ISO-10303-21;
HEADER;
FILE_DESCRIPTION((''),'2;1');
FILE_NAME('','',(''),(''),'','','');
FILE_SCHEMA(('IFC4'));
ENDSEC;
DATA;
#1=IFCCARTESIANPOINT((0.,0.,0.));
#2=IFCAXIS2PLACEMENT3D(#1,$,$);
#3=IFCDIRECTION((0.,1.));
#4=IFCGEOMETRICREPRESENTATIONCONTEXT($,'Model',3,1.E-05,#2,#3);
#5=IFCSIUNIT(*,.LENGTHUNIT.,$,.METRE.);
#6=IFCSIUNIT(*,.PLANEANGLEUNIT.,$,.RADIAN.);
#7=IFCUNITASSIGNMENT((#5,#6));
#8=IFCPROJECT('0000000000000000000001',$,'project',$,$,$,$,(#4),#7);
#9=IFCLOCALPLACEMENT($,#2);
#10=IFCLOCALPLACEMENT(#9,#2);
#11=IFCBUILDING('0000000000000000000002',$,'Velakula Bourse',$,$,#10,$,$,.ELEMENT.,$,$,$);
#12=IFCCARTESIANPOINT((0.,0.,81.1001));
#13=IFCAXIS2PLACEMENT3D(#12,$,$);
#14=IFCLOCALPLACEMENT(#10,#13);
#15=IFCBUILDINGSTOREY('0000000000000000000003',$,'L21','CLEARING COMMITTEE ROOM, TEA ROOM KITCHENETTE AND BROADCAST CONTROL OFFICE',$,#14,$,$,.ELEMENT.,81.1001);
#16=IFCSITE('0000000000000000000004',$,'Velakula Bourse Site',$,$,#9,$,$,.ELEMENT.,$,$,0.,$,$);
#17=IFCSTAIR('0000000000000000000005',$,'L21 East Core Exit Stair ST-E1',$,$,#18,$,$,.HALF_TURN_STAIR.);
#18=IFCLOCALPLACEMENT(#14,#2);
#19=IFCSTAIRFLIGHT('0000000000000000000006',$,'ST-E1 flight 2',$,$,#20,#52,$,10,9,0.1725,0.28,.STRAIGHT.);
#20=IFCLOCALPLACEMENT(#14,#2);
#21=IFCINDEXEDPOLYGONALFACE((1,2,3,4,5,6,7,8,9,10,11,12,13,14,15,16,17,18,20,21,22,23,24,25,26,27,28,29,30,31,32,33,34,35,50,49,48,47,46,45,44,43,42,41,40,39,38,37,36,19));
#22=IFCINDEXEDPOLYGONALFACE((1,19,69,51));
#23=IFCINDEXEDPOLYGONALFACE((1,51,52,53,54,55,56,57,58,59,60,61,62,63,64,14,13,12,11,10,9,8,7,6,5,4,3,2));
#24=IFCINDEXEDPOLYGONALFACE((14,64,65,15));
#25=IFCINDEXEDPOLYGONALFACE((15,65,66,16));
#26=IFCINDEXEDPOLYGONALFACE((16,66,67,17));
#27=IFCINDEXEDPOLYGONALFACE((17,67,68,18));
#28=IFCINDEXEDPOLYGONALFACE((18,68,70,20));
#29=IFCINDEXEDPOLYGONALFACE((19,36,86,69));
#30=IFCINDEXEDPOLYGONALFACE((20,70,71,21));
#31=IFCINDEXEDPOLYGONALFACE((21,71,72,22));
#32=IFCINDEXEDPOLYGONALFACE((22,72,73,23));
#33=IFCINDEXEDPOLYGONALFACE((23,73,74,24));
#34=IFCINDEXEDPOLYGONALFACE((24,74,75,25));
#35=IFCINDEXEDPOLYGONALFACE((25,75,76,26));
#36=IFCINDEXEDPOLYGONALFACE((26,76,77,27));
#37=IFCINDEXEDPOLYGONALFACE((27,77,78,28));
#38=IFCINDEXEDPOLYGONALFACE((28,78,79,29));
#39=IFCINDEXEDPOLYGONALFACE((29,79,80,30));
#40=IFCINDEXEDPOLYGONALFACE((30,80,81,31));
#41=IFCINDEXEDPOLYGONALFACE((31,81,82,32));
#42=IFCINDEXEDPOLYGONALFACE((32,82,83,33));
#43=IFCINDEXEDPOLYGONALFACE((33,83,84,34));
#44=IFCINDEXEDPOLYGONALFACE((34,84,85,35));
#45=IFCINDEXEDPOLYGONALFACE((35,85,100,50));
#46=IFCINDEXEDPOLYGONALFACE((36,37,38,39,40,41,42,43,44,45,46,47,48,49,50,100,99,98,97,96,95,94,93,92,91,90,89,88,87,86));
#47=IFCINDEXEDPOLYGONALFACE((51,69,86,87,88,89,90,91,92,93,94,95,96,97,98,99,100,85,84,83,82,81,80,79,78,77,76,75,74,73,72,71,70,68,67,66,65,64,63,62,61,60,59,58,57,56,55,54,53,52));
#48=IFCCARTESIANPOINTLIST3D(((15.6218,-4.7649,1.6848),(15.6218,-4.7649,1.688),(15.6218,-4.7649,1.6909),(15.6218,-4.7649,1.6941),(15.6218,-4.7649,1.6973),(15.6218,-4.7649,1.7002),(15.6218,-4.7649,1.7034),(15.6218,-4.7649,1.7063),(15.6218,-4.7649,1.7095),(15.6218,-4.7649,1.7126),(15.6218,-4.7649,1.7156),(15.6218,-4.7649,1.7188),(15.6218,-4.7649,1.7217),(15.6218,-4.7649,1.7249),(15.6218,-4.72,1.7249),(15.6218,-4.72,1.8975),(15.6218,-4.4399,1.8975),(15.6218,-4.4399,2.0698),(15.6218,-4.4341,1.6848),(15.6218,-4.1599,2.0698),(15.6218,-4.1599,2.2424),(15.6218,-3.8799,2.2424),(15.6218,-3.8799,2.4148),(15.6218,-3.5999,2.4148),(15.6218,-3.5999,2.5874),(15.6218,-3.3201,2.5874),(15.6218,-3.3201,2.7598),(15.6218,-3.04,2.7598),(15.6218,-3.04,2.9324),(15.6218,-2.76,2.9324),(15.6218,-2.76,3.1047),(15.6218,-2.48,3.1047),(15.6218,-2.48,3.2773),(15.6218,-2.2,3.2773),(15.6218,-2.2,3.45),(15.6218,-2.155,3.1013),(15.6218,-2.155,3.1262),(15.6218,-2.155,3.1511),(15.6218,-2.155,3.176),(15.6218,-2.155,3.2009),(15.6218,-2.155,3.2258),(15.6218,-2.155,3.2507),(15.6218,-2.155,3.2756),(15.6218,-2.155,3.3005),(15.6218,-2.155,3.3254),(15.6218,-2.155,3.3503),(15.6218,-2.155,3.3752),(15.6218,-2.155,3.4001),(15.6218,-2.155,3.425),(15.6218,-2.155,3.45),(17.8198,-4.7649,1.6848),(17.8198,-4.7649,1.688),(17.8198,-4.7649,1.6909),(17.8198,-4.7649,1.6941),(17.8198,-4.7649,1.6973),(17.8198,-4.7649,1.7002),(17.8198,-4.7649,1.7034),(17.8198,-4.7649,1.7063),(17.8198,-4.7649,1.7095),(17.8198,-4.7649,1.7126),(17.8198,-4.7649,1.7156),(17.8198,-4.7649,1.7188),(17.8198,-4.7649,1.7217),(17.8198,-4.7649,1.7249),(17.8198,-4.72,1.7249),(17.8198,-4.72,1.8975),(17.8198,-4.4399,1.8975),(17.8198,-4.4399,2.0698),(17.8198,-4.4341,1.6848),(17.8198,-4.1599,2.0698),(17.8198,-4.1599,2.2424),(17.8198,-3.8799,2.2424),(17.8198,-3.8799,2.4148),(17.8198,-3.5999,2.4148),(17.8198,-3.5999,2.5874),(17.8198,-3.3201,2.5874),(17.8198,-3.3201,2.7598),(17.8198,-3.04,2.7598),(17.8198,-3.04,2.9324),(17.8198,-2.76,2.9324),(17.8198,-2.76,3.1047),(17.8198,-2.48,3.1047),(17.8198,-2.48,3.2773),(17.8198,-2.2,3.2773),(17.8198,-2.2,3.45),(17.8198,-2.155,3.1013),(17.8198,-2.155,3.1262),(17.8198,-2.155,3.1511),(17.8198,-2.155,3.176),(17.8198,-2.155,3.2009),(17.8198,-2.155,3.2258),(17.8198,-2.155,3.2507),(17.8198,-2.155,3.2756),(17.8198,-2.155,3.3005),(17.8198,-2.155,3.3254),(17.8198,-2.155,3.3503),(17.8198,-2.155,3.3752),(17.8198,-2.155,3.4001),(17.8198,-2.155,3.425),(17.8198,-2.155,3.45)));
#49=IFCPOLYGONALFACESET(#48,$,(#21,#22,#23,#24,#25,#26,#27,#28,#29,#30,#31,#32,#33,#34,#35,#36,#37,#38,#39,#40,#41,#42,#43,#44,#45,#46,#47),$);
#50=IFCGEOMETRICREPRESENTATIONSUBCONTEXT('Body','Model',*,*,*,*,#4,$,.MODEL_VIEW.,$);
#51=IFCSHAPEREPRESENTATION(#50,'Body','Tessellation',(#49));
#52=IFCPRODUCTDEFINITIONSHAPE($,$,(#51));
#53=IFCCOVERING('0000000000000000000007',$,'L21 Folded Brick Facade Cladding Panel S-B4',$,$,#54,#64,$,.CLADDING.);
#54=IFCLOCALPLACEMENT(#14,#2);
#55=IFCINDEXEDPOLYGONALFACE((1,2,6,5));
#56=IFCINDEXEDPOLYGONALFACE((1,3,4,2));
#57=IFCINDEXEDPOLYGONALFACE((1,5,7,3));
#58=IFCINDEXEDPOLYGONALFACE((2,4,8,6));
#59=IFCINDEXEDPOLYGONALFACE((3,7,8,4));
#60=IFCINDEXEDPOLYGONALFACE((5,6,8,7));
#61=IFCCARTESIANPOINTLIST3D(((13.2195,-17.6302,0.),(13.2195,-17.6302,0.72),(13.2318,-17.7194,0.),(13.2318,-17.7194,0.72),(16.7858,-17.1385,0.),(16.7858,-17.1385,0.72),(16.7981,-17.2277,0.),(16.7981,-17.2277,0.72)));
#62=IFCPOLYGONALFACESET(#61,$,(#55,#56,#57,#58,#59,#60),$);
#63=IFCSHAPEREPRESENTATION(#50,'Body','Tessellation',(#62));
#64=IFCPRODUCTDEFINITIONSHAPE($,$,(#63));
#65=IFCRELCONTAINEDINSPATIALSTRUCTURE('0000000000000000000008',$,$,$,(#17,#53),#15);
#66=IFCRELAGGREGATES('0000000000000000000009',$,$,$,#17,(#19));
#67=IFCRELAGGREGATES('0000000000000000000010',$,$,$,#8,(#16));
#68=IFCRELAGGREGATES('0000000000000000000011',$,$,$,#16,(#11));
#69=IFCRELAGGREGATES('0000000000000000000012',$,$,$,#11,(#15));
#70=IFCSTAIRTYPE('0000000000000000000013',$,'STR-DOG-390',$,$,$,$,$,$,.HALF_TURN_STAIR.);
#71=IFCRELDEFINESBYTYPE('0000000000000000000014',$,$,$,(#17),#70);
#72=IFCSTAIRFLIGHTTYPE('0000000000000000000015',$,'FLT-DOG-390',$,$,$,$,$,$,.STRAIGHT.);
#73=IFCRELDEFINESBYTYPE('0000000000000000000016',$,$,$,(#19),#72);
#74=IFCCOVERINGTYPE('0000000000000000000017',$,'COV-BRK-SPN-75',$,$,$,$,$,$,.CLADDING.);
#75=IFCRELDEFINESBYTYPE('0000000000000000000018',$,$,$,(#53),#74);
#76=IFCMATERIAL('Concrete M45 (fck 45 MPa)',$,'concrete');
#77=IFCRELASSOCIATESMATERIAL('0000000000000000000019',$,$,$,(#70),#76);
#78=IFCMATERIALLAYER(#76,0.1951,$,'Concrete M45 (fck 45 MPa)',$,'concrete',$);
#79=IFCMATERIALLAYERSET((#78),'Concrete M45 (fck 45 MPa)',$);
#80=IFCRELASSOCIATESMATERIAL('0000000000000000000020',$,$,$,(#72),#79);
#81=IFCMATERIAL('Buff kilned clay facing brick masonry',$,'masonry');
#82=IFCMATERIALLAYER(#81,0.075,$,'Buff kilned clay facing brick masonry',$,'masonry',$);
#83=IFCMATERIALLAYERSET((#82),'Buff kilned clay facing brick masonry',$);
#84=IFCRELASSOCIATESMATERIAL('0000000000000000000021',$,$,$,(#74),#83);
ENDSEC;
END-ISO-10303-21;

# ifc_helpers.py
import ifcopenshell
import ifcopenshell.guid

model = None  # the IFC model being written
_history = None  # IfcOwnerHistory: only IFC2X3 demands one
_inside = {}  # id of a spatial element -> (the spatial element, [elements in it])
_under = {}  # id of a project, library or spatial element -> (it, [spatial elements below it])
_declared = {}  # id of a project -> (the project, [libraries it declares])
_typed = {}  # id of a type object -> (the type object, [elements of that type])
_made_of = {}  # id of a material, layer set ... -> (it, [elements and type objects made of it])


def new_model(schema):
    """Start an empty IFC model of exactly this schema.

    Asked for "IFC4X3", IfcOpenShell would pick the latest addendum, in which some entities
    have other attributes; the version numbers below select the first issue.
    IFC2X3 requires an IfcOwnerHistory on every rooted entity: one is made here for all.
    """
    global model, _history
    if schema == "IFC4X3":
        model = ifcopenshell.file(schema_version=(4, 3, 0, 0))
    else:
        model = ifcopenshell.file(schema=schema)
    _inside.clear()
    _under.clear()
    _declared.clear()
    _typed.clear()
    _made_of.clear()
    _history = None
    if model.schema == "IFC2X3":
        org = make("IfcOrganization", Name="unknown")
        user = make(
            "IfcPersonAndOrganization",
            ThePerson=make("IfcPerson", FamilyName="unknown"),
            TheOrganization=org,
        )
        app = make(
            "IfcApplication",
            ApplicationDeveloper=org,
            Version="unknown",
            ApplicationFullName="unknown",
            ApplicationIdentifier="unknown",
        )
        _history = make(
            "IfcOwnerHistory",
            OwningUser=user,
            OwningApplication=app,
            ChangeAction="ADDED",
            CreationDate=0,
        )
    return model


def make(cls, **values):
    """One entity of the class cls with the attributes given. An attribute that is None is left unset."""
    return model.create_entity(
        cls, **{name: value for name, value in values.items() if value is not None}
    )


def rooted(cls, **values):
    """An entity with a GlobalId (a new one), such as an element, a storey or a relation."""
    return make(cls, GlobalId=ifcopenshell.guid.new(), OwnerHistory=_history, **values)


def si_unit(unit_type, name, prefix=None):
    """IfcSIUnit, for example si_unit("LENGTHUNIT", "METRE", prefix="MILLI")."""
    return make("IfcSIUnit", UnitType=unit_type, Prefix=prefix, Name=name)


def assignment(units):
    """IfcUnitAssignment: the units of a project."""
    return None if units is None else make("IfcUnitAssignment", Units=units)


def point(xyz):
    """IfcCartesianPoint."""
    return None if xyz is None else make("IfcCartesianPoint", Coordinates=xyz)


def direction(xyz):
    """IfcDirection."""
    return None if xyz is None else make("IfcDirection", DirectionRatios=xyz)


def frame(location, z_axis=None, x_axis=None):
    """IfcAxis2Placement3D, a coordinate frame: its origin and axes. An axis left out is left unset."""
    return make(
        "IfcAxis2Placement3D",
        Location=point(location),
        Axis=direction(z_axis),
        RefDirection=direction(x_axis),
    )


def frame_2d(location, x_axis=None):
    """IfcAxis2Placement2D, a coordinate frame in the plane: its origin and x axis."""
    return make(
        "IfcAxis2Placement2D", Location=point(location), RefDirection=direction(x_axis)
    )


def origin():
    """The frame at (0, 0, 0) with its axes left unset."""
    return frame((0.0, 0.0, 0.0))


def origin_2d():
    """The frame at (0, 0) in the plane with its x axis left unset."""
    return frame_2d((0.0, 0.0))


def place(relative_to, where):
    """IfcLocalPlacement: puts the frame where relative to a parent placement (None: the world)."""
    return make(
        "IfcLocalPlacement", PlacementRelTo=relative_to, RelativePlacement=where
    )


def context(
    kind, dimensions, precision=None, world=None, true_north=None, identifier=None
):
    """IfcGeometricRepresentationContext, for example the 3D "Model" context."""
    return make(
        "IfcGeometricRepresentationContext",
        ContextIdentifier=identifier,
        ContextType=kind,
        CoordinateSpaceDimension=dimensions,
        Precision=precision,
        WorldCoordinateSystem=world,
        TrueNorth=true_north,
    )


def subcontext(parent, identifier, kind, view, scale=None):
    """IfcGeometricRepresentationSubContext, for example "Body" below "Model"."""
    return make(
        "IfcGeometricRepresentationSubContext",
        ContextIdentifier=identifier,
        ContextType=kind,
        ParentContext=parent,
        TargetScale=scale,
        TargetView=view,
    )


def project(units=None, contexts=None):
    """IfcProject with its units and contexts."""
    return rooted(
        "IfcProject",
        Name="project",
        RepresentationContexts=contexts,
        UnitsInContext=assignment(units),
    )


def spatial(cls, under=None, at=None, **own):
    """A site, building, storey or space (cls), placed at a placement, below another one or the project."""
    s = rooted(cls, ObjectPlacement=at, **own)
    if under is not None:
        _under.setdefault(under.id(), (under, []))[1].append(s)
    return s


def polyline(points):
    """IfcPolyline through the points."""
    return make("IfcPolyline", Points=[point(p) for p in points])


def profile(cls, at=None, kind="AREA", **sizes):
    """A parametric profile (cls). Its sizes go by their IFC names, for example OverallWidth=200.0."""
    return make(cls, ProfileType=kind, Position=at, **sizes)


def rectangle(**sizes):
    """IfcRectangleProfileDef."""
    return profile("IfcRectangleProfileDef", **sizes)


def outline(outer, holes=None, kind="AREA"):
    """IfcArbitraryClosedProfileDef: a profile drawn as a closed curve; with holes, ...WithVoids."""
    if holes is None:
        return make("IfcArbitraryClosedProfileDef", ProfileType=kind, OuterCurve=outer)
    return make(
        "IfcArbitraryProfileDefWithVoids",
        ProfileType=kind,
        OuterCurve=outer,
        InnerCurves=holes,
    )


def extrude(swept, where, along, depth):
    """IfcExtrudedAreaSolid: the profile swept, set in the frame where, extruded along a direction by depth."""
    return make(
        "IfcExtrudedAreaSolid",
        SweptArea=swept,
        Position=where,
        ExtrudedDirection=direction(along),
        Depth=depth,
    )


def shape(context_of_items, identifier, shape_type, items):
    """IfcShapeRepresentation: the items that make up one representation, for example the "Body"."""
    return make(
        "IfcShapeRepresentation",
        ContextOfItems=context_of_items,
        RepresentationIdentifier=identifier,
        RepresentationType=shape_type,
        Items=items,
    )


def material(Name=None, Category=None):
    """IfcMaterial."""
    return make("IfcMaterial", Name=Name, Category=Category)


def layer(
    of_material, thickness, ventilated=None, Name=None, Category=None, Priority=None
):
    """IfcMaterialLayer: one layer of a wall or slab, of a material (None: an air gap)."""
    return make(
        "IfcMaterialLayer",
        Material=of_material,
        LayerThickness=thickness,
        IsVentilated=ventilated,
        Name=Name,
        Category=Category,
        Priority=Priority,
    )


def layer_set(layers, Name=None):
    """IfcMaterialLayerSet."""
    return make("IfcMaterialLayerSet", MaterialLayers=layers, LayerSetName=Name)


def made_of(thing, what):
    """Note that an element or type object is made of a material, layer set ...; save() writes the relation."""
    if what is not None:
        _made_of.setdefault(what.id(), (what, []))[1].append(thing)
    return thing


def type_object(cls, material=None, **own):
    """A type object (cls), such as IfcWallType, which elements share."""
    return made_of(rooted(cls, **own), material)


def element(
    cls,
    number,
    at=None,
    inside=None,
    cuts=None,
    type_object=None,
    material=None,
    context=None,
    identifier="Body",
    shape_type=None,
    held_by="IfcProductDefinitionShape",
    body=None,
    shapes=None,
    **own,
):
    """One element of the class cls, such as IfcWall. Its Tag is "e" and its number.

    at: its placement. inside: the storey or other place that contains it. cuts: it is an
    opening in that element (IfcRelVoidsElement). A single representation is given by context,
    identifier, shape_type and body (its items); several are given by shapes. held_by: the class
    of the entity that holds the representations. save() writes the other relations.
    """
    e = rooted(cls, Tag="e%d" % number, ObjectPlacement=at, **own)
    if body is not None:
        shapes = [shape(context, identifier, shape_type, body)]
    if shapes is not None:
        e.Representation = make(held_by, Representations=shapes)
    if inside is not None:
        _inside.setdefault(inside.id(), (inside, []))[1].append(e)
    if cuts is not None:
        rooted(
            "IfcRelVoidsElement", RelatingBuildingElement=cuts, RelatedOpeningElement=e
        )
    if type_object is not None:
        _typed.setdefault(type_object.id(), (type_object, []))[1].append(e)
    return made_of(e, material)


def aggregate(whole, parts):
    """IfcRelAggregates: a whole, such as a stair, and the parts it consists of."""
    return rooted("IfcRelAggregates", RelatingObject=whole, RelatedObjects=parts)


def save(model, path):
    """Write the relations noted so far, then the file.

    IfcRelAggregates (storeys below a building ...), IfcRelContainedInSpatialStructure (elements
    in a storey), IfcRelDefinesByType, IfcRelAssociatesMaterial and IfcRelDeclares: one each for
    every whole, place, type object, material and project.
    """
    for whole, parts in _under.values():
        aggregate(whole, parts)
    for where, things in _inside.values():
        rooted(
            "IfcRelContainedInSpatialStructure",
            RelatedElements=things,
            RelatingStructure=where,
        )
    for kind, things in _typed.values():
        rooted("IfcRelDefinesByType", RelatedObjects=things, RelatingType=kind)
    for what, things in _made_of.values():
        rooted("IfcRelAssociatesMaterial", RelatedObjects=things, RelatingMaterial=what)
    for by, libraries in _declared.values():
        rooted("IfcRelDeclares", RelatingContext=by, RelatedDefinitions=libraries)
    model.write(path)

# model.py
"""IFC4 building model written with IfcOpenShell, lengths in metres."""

from ifc_helpers import new_model, si_unit, direction, frame, origin, origin_2d, place, context, subcontext, project, spatial, polyline, rectangle, outline, extrude, material, layer, layer_set, type_object, element, aggregate, save


model = new_model("IFC4")

# Units and contexts
model_context = context("Model", 3, precision=1e-05, world=origin(), true_north=direction((0.0, 1.0)))
body_context = subcontext(model_context, "Body", "Model", "MODEL_VIEW")
ifc_project = project(units=[si_unit("LENGTHUNIT", "METRE"), si_unit("PLANEANGLEUNIT", "RADIAN")], contexts=[model_context])

# Site, building, storey
site_placement = place(None, origin())
site = spatial("IfcSite", under=ifc_project, at=site_placement, Name="Velakula Bourse Site", CompositionType="ELEMENT", RefElevation=0.0)
building_placement = place(site_placement, origin())
building = spatial("IfcBuilding", under=site, at=building_placement, Name="Velakula Bourse", CompositionType="ELEMENT")
storey_placement = place(building_placement, frame((0.0, 0.0, 81.1001)))
storey = spatial("IfcBuildingStorey", under=building, at=storey_placement, Name="L21", Description="CLEARING COMMITTEE ROOM, TEA ROOM KITCHENETTE AND BROADCAST CONTROL OFFICE", CompositionType="ELEMENT", Elevation=81.1001)

# Stair, stair flight
ifc_material_1 = material(Name="Concrete M45 (fck 45 MPa)", Category="concrete")
stair_type = type_object("IfcStairType", Name="STR-DOG-390", PredefinedType="HALF_TURN_STAIR", material=ifc_material_1)
stair_placement = place(storey_placement, origin())
stair = element("IfcStair", 1, at=stair_placement, inside=storey, type_object=stair_type, Name="L21 East Core Exit Stair ST-E1", PredefinedType="HALF_TURN_STAIR")
ifc_layer_1 = layer(ifc_material_1, 0.1951, Name="Concrete M45 (fck 45 MPa)", Category="concrete")
ifc_layer_set_1 = layer_set([ifc_layer_1], Name="Concrete M45 (fck 45 MPa)")
stair_flight_type = type_object("IfcStairFlightType", Name="FLT-DOG-390", PredefinedType="STRAIGHT", material=ifc_layer_set_1)
stair_flight_1_placement = place(storey_placement, frame((16.7209, -4.72, 1.7249), z_axis=(0.0, 0.0, 1.0), x_axis=(0.0, 1.0, 0.0)))
stair_flight_1 = element("IfcStairFlight", 2, at=stair_flight_1_placement, type_object=stair_flight_type, Name="ST-E1 flight 2", NumberOfRisers=10, NumberOfTreads=9, PredefinedType="STRAIGHT", RiserHeight=0.1725, TreadLength=0.28, context=body_context, shape_type="SweptSolid", body=[
    extrude(outline(polyline([(-0.0449, -0.04), (-0.0449, -0.0369), (-0.0449, -0.0339), (-0.0449, -0.0308), (-0.0449, -0.0276), (-0.0449, -0.0247), (-0.0449, -0.0215), (-0.0449, -0.0186), (-0.0449, -0.0154), (-0.0449, -0.0122), (-0.0449, -0.0093), (-0.0449, -0.0061), (-0.0449, -0.0032), (-0.0449, 0.0), (0.0, 0.0), (0.0, 0.1726), (0.28, 0.1726), (0.28, 0.345), (0.5601, 0.345), (0.5601, 0.5176), (0.8401, 0.5176), (0.8401, 0.6899), (1.1201, 0.6899), (1.1201, 0.8625), (1.3999, 0.8625), (1.3999, 1.0349), (1.6799, 1.0349), (1.6799, 1.2075), (1.96, 1.2075), (1.96, 1.3799), (2.24, 1.3799), (2.24, 1.5525), (2.52, 1.5525), (2.52, 1.7251), (2.5649, 1.7251), (2.5649, 1.7002), (2.5649, 1.6753), (2.5649, 1.6504), (2.5649, 1.6255), (2.5649, 1.6006), (2.5649, 1.5757), (2.5649, 1.5508), (2.5649, 1.5259), (2.5649, 1.501), (2.5649, 1.4761), (2.5649, 1.4512), (2.5649, 1.4263), (2.5649, 1.4014), (2.5649, 1.3765), (0.2859, -0.04), (-0.0449, -0.04)])), frame((0.0, 1.0991, 0.0), z_axis=(0.0, -1.0, 0.0), x_axis=(1.0, 0.0, 0.0)), (0.0, 0.0, 1.0), 2.198),
])
aggregate(stair, [stair_flight_1])

# Covering
ifc_material_2 = material(Name="Buff kilned clay facing brick masonry", Category="masonry")
ifc_layer_2 = layer(ifc_material_2, 0.075, Name="Buff kilned clay facing brick masonry", Category="masonry")
ifc_layer_set_2 = layer_set([ifc_layer_2], Name="Buff kilned clay facing brick masonry")
covering_type = type_object("IfcCoveringType", Name="COV-BRK-SPN-75", PredefinedType="CLADDING", material=ifc_layer_set_2)
covering_placement = place(storey_placement, frame((15.0088, -17.429, 0.0), z_axis=(0.0, 0.0, 1.0), x_axis=(0.990629, 0.13658, 0.0)))
element("IfcCovering", 3, at=covering_placement, inside=storey, type_object=covering_type, Name="L21 Folded Brick Facade Cladding Panel S-B4", PredefinedType="CLADDING", context=body_context, shape_type="SweptSolid", body=[
    extrude(rectangle(XDim=3.6001, YDim=0.0901, at=origin_2d()), origin(), (0.0, 0.0, 1.0), 0.72),
])

save(model, "model.ifc")
